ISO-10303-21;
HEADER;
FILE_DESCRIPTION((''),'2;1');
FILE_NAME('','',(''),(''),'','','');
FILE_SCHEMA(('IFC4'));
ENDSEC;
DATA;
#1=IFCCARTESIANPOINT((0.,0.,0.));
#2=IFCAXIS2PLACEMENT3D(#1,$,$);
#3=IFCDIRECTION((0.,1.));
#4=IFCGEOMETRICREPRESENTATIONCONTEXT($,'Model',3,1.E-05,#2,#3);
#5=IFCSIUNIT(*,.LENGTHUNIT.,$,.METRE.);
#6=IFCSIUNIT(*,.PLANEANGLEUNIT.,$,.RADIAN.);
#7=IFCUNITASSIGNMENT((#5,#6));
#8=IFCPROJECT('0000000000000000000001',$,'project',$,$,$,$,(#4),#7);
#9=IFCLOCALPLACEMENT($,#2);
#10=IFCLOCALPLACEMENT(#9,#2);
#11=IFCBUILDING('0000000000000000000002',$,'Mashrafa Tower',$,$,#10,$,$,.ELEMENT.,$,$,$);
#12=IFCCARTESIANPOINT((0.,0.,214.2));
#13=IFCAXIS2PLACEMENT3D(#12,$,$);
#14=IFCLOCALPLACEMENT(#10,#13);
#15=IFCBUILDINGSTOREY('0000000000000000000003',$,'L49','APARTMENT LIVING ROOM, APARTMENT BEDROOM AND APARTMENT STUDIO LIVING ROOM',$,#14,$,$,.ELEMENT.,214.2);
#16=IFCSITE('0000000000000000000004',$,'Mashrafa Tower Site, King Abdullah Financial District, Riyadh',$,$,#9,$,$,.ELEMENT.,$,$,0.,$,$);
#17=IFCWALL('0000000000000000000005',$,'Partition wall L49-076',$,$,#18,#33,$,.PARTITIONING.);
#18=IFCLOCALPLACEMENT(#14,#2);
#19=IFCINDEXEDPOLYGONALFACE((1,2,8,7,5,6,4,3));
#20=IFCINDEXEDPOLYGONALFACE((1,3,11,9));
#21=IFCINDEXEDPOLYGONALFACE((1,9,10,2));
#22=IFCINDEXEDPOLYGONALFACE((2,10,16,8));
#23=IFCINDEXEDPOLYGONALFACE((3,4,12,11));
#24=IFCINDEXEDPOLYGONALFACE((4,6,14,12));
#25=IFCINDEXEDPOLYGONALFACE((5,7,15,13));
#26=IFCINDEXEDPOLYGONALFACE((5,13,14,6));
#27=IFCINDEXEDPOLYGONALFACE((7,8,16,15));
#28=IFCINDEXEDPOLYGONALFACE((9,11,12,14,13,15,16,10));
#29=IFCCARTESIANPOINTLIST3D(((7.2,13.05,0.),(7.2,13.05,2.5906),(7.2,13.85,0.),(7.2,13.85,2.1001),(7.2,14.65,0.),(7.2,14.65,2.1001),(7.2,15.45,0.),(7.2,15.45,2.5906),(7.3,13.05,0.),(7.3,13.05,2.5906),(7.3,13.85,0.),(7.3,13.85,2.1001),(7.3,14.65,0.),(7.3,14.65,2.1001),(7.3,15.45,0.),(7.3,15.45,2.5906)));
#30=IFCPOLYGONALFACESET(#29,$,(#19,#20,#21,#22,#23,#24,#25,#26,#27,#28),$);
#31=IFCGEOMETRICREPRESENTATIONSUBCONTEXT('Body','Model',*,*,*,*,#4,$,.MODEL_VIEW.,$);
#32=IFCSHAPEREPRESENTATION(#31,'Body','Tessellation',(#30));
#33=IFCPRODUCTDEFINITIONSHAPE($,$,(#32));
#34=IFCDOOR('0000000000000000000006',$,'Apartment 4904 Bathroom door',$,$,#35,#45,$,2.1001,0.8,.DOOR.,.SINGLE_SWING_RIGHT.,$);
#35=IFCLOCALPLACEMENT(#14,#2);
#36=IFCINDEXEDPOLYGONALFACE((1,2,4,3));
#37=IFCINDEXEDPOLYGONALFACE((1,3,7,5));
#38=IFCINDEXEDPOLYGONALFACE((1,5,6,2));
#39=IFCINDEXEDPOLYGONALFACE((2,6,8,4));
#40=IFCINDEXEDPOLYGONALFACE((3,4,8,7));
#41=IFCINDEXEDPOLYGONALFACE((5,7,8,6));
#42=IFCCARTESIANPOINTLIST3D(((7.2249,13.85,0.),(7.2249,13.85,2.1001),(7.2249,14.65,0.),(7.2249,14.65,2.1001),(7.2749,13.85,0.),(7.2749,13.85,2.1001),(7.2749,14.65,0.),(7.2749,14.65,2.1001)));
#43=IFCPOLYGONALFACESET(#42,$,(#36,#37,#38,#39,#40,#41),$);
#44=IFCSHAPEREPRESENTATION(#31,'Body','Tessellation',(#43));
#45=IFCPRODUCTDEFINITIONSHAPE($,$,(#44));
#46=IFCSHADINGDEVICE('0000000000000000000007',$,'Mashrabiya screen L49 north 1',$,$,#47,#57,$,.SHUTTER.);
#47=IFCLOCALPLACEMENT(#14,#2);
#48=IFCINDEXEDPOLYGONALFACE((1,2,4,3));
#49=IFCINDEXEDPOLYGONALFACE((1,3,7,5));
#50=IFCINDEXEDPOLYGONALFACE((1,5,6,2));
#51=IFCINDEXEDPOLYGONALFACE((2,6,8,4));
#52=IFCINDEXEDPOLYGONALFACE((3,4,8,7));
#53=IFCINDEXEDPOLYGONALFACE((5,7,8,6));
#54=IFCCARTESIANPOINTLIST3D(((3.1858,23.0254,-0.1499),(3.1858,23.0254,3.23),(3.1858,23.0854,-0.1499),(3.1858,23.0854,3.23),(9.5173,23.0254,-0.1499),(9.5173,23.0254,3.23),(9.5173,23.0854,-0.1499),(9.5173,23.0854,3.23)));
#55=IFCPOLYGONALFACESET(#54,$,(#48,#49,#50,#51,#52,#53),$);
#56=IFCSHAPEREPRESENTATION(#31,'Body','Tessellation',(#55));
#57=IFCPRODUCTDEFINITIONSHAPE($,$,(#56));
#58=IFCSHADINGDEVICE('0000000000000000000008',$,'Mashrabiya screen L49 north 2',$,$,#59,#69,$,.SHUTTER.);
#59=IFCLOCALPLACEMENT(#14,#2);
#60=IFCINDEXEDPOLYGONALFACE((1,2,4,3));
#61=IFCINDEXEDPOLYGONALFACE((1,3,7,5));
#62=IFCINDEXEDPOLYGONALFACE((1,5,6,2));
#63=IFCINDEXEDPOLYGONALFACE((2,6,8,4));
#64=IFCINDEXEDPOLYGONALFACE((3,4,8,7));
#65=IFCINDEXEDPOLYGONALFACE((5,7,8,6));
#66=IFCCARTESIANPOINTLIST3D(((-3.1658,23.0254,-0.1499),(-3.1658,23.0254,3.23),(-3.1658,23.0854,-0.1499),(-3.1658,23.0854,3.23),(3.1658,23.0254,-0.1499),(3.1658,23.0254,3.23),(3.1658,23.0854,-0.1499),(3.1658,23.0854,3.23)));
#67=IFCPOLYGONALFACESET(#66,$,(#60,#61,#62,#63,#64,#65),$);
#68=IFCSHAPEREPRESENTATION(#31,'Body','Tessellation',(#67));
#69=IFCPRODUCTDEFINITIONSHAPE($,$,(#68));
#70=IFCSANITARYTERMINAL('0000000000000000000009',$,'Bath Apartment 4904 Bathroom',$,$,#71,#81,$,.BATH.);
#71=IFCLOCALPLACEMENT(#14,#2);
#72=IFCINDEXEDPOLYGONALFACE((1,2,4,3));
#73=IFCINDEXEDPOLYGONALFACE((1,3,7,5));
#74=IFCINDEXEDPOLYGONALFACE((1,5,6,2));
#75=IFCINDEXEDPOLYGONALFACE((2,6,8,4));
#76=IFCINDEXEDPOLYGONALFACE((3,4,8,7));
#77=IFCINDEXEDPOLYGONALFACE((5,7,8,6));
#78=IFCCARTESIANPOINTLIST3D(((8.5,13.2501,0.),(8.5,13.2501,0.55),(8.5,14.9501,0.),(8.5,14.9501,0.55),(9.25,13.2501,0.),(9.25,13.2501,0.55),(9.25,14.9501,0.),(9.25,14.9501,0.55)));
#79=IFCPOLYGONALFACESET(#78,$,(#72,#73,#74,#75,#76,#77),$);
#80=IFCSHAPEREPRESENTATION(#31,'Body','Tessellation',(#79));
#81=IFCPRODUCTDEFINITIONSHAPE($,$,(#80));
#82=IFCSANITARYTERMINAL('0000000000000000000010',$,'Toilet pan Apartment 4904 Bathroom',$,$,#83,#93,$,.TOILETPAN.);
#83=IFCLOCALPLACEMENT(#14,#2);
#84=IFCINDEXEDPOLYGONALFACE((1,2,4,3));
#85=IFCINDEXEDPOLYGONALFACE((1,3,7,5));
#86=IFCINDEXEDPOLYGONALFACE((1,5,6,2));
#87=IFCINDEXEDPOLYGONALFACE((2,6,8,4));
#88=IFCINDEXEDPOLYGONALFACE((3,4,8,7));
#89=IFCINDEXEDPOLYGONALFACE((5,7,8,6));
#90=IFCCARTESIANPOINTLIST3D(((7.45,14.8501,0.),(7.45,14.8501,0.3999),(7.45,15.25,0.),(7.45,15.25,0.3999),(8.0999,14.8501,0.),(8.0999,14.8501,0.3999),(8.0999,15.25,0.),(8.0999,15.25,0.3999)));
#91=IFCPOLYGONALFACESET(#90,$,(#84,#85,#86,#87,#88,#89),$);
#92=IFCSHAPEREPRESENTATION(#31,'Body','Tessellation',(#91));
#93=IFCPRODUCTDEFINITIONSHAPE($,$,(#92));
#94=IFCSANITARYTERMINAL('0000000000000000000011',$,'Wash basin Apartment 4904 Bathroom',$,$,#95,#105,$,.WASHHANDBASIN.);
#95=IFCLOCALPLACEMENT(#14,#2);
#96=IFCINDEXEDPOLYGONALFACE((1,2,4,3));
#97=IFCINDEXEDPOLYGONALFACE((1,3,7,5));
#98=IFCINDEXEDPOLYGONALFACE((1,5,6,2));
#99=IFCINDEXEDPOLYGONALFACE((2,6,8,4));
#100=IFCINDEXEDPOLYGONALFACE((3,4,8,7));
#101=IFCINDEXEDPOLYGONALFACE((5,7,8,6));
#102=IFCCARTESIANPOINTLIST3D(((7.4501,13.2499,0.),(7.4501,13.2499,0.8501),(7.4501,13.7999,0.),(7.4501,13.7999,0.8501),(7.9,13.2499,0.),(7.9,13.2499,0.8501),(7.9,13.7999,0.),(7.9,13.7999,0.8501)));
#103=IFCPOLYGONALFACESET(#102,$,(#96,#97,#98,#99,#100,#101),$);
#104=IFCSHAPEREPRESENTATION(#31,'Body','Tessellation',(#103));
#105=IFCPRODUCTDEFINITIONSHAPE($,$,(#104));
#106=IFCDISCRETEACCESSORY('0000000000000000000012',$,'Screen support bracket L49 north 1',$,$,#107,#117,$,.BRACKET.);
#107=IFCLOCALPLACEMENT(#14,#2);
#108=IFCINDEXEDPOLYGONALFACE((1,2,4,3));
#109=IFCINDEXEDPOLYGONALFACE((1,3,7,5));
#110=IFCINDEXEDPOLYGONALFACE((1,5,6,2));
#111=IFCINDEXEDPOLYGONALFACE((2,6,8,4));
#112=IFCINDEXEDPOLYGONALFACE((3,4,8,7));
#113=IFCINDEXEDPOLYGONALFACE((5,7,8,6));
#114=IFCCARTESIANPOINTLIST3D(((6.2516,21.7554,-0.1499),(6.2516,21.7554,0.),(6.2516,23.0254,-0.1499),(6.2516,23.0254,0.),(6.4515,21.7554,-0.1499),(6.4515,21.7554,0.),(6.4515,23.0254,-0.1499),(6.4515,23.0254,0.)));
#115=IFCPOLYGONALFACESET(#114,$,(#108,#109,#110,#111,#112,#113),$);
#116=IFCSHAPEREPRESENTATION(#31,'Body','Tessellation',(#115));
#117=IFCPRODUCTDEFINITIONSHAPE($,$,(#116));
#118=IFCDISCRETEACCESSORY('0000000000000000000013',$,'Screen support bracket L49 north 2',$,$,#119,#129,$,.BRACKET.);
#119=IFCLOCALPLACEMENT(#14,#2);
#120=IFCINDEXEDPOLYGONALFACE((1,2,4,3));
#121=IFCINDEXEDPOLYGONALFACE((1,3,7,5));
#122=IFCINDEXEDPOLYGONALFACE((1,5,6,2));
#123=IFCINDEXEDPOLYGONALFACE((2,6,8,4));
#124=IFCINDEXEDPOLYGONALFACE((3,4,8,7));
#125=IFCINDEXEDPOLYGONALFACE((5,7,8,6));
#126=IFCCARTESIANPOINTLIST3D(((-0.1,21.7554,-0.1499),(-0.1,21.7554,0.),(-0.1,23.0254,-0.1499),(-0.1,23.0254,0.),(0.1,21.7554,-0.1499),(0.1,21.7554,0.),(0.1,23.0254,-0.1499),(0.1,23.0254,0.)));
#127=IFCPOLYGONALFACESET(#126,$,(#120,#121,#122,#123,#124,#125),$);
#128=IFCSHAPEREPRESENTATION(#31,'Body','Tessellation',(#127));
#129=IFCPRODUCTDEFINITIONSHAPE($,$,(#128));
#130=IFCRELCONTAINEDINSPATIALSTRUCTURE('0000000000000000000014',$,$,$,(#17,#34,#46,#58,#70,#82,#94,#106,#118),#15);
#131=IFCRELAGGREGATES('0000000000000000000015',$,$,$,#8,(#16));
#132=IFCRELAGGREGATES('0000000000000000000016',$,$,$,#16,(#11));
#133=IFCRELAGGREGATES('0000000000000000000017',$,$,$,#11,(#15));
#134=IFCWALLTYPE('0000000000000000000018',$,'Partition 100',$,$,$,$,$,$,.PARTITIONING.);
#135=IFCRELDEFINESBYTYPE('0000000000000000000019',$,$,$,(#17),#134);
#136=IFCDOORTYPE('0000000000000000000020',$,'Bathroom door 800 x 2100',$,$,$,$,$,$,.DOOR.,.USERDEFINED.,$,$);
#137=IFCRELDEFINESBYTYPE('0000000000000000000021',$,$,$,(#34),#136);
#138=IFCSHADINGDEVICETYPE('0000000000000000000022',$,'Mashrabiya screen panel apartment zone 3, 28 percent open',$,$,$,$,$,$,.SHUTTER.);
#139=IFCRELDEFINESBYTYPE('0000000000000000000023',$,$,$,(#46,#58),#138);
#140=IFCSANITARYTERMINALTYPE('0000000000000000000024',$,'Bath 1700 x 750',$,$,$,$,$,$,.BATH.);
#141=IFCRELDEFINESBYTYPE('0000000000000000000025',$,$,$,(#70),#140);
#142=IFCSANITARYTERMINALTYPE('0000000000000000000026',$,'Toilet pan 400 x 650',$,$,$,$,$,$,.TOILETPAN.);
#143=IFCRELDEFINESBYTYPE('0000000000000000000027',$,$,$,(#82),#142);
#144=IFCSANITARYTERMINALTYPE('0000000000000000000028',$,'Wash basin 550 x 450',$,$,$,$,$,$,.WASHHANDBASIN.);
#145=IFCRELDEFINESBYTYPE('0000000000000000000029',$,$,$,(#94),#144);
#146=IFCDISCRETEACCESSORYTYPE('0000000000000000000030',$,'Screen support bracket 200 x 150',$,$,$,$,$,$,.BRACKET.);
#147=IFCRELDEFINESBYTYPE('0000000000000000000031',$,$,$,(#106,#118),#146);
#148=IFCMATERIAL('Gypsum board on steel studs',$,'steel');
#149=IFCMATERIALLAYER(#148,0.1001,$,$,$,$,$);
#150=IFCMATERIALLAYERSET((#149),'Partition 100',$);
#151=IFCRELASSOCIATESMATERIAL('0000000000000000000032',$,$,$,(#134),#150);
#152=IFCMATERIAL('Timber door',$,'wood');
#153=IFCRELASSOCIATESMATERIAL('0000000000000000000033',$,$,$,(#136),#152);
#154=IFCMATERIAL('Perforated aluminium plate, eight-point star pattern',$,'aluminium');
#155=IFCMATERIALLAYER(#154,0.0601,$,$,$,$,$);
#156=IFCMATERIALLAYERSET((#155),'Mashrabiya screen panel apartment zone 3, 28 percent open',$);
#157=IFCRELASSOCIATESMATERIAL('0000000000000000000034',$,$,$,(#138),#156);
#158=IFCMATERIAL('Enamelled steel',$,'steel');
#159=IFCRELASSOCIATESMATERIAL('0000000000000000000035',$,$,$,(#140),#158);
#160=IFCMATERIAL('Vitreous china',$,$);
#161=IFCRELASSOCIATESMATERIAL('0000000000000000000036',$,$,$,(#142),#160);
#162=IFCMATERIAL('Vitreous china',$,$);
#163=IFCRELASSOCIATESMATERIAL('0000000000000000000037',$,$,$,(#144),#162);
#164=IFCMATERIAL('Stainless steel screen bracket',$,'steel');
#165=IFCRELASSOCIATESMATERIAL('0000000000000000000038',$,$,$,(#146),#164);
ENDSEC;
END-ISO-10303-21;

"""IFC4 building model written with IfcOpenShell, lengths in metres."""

from ifc_helpers import new_model, si_unit, direction, frame, frame_2d, origin, origin_2d, place, context, subcontext, project, spatial, rectangle, extrude, source, transform, mapped, material, layer, layer_set, type_object, type_shapes, element, fill, save


model = new_model("IFC4")

# Units and contexts
model_context = context("Model", 3, precision=1e-05, world=origin(), true_north=direction((0.0, 1.0)))
body_context = subcontext(model_context, "Body", "Model", "MODEL_VIEW")
ifc_project = project(units=[si_unit("LENGTHUNIT", "METRE"), si_unit("PLANEANGLEUNIT", "RADIAN")], contexts=[model_context])

# Site, building, storey
site_placement = place(None, origin())
site = spatial("IfcSite", under=ifc_project, at=site_placement, Name="Mashrafa Tower Site, King Abdullah Financial District, Riyadh", CompositionType="ELEMENT", RefElevation=0.0)
building_placement = place(site_placement, origin())
building = spatial("IfcBuilding", under=site, at=building_placement, Name="Mashrafa Tower", CompositionType="ELEMENT")
storey_placement = place(building_placement, frame((0.0, 0.0, 214.2)))
storey = spatial("IfcBuildingStorey", under=building, at=storey_placement, Name="L49", Description="APARTMENT LIVING ROOM, APARTMENT BEDROOM AND APARTMENT STUDIO LIVING ROOM", CompositionType="ELEMENT", Elevation=214.2)

# Shared definitions
ifc_material_1 = material(Name="Gypsum board on steel studs", Category="steel")
ifc_layer_1 = layer(ifc_material_1, 0.1001)
ifc_layer_set_1 = layer_set([ifc_layer_1], Name="Partition 100")
wall_type_1 = type_object("IfcWallType", Name="Partition 100", PredefinedType="PARTITIONING", material=ifc_layer_set_1)

# Wall, opening, door
wall_1_placement = place(storey_placement, frame((7.25, 15.45, 0.0), z_axis=(0.0, 0.0, 1.0), x_axis=(0.0, -1.0, 0.0)))
wall_1 = element("IfcWall", 1, at=wall_1_placement, inside=storey, type_object=wall_type_1, Name="Partition wall L49-076", PredefinedType="PARTITIONING", context=body_context, shape_type="SweptSolid", body=[
    extrude(rectangle(XDim=2.3999, YDim=0.1001, at=frame_2d((1.2, 0.0))), origin(), (0.0, 0.0, 1.0), 2.5906),
])
opening_1_placement = place(wall_1_placement, frame((0.8, 0.0, 0.0)))
opening_1 = element("IfcOpeningElement", 2, at=opening_1_placement, cuts=wall_1, PredefinedType="OPENING", context=body_context, shape_type="SweptSolid", body=[
    extrude(rectangle(XDim=0.8, YDim=2.1001, at=frame_2d((0.3999, 1.05))), frame((0.0, 0.0601, 0.0), z_axis=(0.0, -1.0, 0.0), x_axis=(1.0, 0.0, 0.0)), (0.0, 0.0, 1.0), 0.1201),
])
ifc_material_2 = material(Name="Timber door", Category="wood")
door_type_1 = type_object("IfcDoorType", Name="Bathroom door 800 x 2100", OperationType="USERDEFINED", PredefinedType="DOOR", material=ifc_material_2)
door_1_placement = place(opening_1_placement, origin())
door_1 = element("IfcDoor", 3, at=door_1_placement, inside=storey, type_object=door_type_1, Name="Apartment 4904 Bathroom door", OperationType="SINGLE_SWING_RIGHT", OverallHeight=2.1001, OverallWidth=0.8, PredefinedType="DOOR", context=body_context, shape_type="SweptSolid", body=[
    extrude(rectangle(XDim=0.8, YDim=2.1001, at=frame_2d((0.3999, 1.05))), frame((0.0, 0.0249, 0.0), z_axis=(0.0, -1.0, 0.0), x_axis=(1.0, 0.0, 0.0)), (0.0, 0.0, 1.0), 0.05),
])
fill(opening_1, door_1)

# Shading devices
ifc_material_3 = material(Name="Perforated aluminium plate, eight-point star pattern", Category="aluminium")
ifc_layer_2 = layer(ifc_material_3, 0.0601)
ifc_layer_set_2 = layer_set([ifc_layer_2], Name="Mashrabiya screen panel apartment zone 3, 28 percent open")
shading_device_type = type_object("IfcShadingDeviceType", Name="Mashrabiya screen panel apartment zone 3, 28 percent open", PredefinedType="SHUTTER", material=ifc_layer_set_2)
shared_shape_1 = source(origin(), body_context, "Body", "SweptSolid", [
    extrude(rectangle(XDim=6.3315, YDim=0.0601, at=origin_2d()), origin(), (0.0, 0.0, 1.0), 3.3799),
])
type_shapes(shading_device_type, [shared_shape_1])
for number, where, z_axis, x_axis, name in (
    (4, (6.3516, 23.0554, -0.1499), (0.0, 0.0, 1.0), (-1.0, 0.0, 0.0), "Mashrabiya screen L49 north 1"),
    (5, (0.0, 23.0554, -0.1499), (0.0, 0.0, 1.0), (-1.0, 0.0, 0.0), "Mashrabiya screen L49 north 2"),
):
    element("IfcShadingDevice", number, at=place(storey_placement, frame(where, z_axis=z_axis, x_axis=x_axis)), inside=storey, type_object=shading_device_type, Name=name, PredefinedType="SHUTTER", context=body_context, shape_type="MappedRepresentation", body=[
        mapped(shared_shape_1, transform((0.0, 0.0, 0.0))),
    ])

# Sanitary terminals
ifc_material_4 = material(Name="Enamelled steel", Category="steel")
sanitary_terminal_type_1 = type_object("IfcSanitaryTerminalType", Name="Bath 1700 x 750", PredefinedType="BATH", material=ifc_material_4)
sanitary_terminal_1_placement = place(storey_placement, frame((8.875, 14.1001, 0.0), z_axis=(0.0, 0.0, 1.0), x_axis=(0.0, 1.0, 0.0)))
element("IfcSanitaryTerminal", 6, at=sanitary_terminal_1_placement, inside=storey, type_object=sanitary_terminal_type_1, Name="Bath Apartment 4904 Bathroom", PredefinedType="BATH", context=body_context, shape_type="SweptSolid", body=[
    extrude(rectangle(XDim=1.7, YDim=0.75, at=origin_2d()), origin(), (0.0, 0.0, 1.0), 0.55),
])
ifc_material_5 = material(Name="Vitreous china")
sanitary_terminal_type_2 = type_object("IfcSanitaryTerminalType", Name="Toilet pan 400 x 650", PredefinedType="TOILETPAN", material=ifc_material_5)
sanitary_terminal_2_placement = place(storey_placement, frame((7.7749, 15.05, 0.0), z_axis=(0.0, 0.0, 1.0), x_axis=(0.0, -1.0, 0.0)))
element("IfcSanitaryTerminal", 7, at=sanitary_terminal_2_placement, inside=storey, type_object=sanitary_terminal_type_2, Name="Toilet pan Apartment 4904 Bathroom", PredefinedType="TOILETPAN", context=body_context, shape_type="SweptSolid", body=[
    extrude(rectangle(XDim=0.3999, YDim=0.6499, at=origin_2d()), origin(), (0.0, 0.0, 1.0), 0.3999),
])
ifc_material_6 = material(Name="Vitreous china")
sanitary_terminal_type_3 = type_object("IfcSanitaryTerminalType", Name="Wash basin 550 x 450", PredefinedType="WASHHANDBASIN", material=ifc_material_6)
sanitary_terminal_3_placement = place(storey_placement, frame((7.675, 13.5249, 0.0), z_axis=(0.0, 0.0, 1.0), x_axis=(0.0, -1.0, 0.0)))
element("IfcSanitaryTerminal", 8, at=sanitary_terminal_3_placement, inside=storey, type_object=sanitary_terminal_type_3, Name="Wash basin Apartment 4904 Bathroom", PredefinedType="WASHHANDBASIN", context=body_context, shape_type="SweptSolid", body=[
    extrude(rectangle(XDim=0.55, YDim=0.45, at=origin_2d()), origin(), (0.0, 0.0, 1.0), 0.8501),
])

# Discrete accessories
ifc_material_7 = material(Name="Stainless steel screen bracket", Category="steel")
discrete_accessory_type = type_object("IfcDiscreteAccessoryType", Name="Screen support bracket 200 x 150", PredefinedType="BRACKET", material=ifc_material_7)
shared_shape_2 = source(origin(), body_context, "Body", "SweptSolid", [
    extrude(rectangle(XDim=0.2, YDim=1.27, at=origin_2d()), origin(), (0.0, 0.0, 1.0), 0.1499),
])
type_shapes(discrete_accessory_type, [shared_shape_2])
for number, where, z_axis, x_axis, name in (
    (9, (6.3516, 22.3904, -0.1499), (0.0, 0.0, 1.0), (-1.0, 0.0, 0.0), "Screen support bracket L49 north 1"),
    (10, (0.0, 22.3904, -0.1499), (0.0, 0.0, 1.0), (-1.0, 0.0, 0.0), "Screen support bracket L49 north 2"),
):
    element("IfcDiscreteAccessory", number, at=place(storey_placement, frame(where, z_axis=z_axis, x_axis=x_axis)), inside=storey, type_object=discrete_accessory_type, Name=name, PredefinedType="BRACKET", context=body_context, shape_type="MappedRepresentation", body=[
        mapped(shared_shape_2, transform((0.0, 0.0, 0.0))),
    ])

save(model, "model.ifc")
